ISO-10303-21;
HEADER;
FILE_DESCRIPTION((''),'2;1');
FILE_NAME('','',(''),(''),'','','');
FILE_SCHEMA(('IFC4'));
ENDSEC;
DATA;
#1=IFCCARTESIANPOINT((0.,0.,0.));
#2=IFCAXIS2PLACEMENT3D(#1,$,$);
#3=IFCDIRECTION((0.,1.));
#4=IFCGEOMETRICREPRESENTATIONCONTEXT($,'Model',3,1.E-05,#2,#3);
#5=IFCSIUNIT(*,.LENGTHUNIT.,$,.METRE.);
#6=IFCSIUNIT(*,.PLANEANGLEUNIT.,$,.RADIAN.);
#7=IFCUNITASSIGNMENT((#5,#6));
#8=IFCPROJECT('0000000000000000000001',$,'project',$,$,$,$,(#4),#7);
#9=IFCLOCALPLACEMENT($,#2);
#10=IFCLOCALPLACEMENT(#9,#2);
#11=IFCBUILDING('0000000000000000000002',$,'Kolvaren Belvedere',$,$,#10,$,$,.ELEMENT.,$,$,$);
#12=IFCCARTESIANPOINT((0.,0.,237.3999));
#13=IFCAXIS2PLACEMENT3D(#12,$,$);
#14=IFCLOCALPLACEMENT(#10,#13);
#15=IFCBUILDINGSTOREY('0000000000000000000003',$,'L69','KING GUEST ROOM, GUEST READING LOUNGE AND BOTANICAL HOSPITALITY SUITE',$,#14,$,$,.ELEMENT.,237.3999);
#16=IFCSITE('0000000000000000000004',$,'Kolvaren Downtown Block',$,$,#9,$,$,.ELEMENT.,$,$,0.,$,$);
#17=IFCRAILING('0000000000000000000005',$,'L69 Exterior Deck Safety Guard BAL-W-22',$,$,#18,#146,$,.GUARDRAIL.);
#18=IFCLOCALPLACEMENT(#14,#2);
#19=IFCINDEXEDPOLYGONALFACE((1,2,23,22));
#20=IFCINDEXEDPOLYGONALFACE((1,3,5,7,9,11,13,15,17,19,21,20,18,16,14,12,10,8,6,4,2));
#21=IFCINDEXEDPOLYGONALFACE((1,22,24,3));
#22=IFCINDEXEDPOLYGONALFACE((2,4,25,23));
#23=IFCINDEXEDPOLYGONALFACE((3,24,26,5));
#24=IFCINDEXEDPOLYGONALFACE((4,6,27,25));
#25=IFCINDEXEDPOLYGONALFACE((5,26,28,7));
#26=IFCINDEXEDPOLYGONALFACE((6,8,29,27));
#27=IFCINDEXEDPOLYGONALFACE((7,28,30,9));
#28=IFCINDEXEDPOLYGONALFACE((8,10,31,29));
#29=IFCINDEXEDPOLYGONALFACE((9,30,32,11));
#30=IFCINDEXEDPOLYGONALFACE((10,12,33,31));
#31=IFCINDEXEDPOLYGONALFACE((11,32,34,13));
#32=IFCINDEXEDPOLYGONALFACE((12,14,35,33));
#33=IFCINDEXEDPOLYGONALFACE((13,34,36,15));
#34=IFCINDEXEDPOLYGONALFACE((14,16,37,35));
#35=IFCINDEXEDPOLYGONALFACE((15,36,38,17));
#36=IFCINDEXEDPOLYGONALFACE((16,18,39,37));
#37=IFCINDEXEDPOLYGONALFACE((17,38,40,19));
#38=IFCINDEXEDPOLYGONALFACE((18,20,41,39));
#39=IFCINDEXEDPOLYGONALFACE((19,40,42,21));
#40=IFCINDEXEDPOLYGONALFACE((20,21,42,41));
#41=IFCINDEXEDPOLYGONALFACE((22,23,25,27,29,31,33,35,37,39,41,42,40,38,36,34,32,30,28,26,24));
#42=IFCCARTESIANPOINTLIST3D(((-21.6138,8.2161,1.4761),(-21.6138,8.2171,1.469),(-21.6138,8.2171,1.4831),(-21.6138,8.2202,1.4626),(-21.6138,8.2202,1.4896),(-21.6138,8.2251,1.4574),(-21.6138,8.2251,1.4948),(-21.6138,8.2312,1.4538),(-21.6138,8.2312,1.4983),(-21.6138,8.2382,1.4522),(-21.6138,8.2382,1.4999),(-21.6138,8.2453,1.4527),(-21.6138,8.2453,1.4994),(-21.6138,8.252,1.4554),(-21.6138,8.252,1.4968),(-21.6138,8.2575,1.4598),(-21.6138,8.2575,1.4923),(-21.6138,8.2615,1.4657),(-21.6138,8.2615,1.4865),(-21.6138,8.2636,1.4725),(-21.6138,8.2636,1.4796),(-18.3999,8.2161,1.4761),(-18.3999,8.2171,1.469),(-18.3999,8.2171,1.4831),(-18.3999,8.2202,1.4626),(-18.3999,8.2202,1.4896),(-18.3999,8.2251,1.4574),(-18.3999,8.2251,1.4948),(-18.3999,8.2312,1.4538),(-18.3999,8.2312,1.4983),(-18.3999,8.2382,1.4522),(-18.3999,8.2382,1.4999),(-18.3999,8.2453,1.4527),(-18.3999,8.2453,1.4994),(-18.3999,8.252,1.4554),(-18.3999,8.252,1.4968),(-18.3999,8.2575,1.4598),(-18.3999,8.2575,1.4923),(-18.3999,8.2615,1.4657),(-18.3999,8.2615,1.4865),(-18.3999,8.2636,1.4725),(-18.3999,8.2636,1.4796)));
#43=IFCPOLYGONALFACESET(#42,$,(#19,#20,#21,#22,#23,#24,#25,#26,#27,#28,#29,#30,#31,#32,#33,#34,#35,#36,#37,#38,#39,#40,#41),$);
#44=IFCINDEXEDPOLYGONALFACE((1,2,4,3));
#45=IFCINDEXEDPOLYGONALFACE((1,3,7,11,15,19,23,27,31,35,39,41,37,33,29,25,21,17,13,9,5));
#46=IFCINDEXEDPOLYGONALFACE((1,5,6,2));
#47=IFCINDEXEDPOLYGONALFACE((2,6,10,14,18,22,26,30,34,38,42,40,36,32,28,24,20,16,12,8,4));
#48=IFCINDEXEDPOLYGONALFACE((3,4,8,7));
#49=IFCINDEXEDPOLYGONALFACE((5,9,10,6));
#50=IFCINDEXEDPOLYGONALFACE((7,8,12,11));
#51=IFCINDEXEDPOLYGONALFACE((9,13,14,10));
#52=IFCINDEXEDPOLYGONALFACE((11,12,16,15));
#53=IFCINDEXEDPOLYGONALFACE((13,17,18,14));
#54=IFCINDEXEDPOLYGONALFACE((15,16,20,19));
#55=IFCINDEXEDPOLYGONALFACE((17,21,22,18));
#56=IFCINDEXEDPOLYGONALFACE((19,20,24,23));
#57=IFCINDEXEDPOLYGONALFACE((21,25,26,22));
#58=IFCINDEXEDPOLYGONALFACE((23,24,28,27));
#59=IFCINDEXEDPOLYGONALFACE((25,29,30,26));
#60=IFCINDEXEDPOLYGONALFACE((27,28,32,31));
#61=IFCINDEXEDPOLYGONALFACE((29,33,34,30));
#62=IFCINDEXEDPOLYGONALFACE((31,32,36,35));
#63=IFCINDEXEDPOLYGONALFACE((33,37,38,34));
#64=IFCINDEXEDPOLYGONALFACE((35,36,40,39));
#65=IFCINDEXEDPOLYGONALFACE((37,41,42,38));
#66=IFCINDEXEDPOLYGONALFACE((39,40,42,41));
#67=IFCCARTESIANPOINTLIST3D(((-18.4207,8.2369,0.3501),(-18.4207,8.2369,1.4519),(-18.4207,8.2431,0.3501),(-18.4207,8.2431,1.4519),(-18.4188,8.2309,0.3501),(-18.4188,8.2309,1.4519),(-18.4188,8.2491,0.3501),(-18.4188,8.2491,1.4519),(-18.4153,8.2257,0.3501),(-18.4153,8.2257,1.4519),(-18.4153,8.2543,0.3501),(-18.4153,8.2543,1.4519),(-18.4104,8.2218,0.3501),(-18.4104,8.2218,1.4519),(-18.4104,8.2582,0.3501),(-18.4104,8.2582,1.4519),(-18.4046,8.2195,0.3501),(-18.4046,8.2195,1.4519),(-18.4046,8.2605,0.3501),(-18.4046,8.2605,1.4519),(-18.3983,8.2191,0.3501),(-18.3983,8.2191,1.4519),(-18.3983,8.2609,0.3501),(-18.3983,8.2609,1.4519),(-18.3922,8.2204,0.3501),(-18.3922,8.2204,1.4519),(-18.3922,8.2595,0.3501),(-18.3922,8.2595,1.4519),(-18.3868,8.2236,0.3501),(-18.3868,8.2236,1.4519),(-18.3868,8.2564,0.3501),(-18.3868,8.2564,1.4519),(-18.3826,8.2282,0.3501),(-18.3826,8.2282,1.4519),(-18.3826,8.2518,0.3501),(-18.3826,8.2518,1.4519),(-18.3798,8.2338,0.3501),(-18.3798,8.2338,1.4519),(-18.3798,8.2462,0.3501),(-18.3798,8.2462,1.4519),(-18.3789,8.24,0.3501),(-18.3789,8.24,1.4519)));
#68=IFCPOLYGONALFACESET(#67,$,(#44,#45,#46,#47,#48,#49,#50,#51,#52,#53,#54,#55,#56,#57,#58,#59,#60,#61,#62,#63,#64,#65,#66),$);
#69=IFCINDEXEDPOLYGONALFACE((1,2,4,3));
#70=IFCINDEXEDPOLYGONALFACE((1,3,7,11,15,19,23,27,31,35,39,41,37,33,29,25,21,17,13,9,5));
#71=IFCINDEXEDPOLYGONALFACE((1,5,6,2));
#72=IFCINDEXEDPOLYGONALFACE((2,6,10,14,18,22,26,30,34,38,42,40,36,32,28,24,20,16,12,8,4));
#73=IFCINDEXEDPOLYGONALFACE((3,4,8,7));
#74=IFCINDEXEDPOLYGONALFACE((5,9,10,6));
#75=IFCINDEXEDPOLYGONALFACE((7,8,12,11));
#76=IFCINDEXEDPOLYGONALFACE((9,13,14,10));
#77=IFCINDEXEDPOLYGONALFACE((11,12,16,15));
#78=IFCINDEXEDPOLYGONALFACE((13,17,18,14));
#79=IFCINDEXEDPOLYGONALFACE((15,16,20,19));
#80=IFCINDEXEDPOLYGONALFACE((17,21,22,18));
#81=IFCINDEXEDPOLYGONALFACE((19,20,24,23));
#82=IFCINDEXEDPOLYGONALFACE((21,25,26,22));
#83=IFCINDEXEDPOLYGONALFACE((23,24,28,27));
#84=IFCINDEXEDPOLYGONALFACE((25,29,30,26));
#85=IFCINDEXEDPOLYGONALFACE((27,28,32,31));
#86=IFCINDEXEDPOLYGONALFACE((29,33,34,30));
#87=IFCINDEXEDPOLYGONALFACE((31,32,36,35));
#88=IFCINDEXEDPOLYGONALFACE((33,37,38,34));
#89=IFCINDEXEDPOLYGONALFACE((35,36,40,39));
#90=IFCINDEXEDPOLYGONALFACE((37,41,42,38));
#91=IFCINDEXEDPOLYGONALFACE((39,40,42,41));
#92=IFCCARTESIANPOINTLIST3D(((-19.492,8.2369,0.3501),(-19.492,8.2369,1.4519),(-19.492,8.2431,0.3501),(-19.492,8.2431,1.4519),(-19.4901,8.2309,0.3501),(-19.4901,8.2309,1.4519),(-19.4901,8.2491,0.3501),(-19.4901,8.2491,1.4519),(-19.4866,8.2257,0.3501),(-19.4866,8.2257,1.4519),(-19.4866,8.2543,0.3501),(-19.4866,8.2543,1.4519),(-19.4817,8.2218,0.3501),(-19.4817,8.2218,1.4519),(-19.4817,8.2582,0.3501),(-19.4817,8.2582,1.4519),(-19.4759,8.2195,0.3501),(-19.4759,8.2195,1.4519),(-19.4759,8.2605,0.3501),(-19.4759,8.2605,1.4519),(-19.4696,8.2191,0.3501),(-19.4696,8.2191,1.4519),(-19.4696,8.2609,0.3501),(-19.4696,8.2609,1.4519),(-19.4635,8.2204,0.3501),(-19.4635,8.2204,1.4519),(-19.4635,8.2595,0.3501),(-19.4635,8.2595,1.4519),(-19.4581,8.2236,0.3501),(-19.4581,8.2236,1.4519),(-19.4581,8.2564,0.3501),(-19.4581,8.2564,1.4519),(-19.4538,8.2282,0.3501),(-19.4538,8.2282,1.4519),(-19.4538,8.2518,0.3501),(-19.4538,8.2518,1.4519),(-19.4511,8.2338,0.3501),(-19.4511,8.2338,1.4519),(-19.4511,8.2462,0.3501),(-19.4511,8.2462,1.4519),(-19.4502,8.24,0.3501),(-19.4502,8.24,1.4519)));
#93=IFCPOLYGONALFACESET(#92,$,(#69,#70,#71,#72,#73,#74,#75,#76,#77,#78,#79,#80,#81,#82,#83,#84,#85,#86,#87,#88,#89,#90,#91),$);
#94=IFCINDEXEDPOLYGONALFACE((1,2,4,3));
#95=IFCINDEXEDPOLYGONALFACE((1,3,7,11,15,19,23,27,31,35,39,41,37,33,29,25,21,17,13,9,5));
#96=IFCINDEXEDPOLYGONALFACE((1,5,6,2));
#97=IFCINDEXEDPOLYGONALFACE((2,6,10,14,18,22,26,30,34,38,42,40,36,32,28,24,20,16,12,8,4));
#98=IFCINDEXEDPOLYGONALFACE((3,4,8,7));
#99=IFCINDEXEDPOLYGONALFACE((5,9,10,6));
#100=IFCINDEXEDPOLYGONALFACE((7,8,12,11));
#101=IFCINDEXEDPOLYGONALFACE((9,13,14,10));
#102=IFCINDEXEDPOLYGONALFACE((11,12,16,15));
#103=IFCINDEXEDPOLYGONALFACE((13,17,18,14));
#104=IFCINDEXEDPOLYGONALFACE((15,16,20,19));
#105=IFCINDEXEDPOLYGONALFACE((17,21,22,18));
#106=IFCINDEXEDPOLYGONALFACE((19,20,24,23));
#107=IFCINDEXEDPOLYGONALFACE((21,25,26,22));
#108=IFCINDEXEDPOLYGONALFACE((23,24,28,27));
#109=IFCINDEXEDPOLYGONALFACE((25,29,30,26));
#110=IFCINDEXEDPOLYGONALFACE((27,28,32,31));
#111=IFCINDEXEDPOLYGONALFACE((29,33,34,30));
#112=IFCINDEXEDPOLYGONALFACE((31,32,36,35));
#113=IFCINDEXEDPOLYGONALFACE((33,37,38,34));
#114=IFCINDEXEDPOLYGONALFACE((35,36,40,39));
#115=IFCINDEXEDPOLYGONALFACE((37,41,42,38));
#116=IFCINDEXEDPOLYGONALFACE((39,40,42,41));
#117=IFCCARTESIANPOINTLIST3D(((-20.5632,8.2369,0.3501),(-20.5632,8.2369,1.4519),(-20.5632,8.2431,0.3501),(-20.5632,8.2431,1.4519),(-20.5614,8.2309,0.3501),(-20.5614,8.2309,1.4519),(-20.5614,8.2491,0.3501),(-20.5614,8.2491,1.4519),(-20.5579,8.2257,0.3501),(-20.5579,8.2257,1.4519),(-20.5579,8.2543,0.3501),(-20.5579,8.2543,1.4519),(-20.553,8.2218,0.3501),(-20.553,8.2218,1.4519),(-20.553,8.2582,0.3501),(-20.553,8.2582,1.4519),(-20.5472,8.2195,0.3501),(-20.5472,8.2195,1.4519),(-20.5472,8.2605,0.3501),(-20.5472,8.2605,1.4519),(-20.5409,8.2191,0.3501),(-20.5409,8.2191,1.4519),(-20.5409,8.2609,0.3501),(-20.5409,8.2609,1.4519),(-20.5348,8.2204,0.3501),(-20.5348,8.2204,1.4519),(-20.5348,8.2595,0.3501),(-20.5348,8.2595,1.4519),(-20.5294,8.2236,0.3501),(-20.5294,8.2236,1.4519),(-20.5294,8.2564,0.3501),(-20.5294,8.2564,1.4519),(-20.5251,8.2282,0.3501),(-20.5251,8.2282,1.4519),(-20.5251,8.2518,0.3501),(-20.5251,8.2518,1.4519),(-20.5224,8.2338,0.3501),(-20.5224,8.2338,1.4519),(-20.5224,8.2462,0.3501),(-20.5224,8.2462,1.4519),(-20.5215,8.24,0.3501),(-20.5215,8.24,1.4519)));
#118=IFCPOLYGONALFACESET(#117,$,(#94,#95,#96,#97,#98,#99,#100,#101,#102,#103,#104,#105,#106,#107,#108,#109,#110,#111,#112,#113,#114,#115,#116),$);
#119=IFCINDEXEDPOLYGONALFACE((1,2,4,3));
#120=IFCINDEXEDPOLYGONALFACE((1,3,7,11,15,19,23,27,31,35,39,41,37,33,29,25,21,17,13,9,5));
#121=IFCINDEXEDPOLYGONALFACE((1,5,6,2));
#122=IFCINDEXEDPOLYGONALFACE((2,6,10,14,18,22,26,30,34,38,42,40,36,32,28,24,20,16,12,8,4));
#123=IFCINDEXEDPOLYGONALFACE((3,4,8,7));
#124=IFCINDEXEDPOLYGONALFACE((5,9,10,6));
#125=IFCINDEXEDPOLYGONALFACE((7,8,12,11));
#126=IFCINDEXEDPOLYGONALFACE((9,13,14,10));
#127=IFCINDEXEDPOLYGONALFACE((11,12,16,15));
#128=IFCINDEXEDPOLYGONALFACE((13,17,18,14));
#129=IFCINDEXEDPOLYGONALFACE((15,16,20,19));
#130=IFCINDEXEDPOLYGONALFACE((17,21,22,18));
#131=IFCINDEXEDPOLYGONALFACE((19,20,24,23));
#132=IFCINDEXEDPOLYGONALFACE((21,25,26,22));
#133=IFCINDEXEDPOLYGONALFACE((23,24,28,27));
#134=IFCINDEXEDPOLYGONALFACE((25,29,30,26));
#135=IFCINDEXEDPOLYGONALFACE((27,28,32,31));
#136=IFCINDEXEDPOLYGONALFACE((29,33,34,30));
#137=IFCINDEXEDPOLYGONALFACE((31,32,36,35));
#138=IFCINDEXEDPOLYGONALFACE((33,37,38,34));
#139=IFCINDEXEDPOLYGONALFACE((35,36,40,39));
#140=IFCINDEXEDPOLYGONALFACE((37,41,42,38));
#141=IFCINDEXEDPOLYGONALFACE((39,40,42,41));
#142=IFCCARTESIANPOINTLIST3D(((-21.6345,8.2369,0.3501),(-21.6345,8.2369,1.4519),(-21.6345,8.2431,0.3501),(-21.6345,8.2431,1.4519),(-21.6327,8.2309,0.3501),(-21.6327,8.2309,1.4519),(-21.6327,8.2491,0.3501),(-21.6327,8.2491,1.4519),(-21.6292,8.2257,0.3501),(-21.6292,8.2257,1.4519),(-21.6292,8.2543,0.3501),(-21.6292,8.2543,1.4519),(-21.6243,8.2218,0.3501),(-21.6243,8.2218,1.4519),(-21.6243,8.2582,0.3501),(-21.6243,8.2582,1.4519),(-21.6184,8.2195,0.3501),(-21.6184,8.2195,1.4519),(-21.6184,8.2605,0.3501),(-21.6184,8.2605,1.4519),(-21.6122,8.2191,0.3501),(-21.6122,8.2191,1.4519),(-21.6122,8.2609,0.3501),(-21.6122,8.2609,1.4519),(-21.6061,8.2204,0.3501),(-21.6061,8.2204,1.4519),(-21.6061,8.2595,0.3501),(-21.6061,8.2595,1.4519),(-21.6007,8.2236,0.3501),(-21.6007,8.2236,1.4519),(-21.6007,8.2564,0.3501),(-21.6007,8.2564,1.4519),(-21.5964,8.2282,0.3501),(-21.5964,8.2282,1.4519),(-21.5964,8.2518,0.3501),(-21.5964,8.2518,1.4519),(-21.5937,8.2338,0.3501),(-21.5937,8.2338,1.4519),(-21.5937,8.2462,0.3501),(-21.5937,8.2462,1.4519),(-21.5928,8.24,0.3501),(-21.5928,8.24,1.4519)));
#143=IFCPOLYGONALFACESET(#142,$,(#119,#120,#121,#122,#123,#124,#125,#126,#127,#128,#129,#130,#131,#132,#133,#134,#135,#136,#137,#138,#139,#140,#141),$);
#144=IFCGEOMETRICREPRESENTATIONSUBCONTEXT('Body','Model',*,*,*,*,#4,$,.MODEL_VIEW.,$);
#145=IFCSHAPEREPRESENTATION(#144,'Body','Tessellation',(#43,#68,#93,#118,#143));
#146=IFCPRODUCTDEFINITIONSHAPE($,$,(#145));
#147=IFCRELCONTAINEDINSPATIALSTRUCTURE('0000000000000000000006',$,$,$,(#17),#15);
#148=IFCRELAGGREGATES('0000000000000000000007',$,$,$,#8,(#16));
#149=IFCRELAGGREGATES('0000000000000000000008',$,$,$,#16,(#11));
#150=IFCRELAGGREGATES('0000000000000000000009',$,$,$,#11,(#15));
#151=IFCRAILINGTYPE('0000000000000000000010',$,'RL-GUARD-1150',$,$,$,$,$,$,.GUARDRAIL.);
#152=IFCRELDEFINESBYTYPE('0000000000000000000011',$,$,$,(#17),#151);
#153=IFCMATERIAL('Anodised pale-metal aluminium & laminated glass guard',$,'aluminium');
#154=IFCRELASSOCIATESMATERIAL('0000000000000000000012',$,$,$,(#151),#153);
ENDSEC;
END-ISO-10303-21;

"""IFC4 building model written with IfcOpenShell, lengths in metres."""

from ifc_helpers import new_model, si_unit, direction, frame, origin, origin_2d, place, context, subcontext, project, spatial, circle, extrude, material, type_object, element, save


model = new_model("IFC4")

# Units and contexts
model_context = context("Model", 3, precision=1e-05, world=origin(), true_north=direction((0.0, 1.0)))
body_context = subcontext(model_context, "Body", "Model", "MODEL_VIEW")
ifc_project = project(units=[si_unit("LENGTHUNIT", "METRE"), si_unit("PLANEANGLEUNIT", "RADIAN")], contexts=[model_context])

# Site, building, storey
site_placement = place(None, origin())
site = spatial("IfcSite", under=ifc_project, at=site_placement, Name="Kolvaren Downtown Block", CompositionType="ELEMENT", RefElevation=0.0)
building_placement = place(site_placement, origin())
building = spatial("IfcBuilding", under=site, at=building_placement, Name="Kolvaren Belvedere", CompositionType="ELEMENT")
storey_placement = place(building_placement, frame((0.0, 0.0, 237.3999)))
storey = spatial("IfcBuildingStorey", under=building, at=storey_placement, Name="L69", Description="KING GUEST ROOM, GUEST READING LOUNGE AND BOTANICAL HOSPITALITY SUITE", CompositionType="ELEMENT", Elevation=237.3999)

# Railing
ifc_material_1 = material(Name="Anodised pale-metal aluminium & laminated glass guard", Category="aluminium")
railing_type = type_object("IfcRailingType", Name="RL-GUARD-1150", PredefinedType="GUARDRAIL", material=ifc_material_1)
railing_1_placement = place(storey_placement, frame((-18.3999, 8.24, 0.3501)))
element("IfcRailing", 1, at=railing_1_placement, inside=storey, type_object=railing_type, Name="L69 Exterior Deck Safety Guard BAL-W-22", PredefinedType="GUARDRAIL", context=body_context, shape_type="SweptSolid", body=[
    extrude(circle(Radius=0.0239, at=origin_2d()), frame((0.0, 0.0, 1.126), z_axis=(-1.0, 0.0, 0.0), x_axis=(0.0, -1.0, 0.0)), (0.0, 0.0, 1.0), 3.2139),
    extrude(circle(Radius=0.021, at=origin_2d()), origin(), (0.0, 0.0, 1.0), 1.1018),
    extrude(circle(Radius=0.021, at=origin_2d()), frame((-1.0713, 0.0, 0.0)), (0.0, 0.0, 1.0), 1.1018),
    extrude(circle(Radius=0.021, at=origin_2d()), frame((-2.1426, 0.0, 0.0)), (0.0, 0.0, 1.0), 1.1018),
    extrude(circle(Radius=0.021, at=origin_2d()), frame((-3.2139, 0.0, 0.0)), (0.0, 0.0, 1.0), 1.1018),
])

save(model, "model.ifc")
